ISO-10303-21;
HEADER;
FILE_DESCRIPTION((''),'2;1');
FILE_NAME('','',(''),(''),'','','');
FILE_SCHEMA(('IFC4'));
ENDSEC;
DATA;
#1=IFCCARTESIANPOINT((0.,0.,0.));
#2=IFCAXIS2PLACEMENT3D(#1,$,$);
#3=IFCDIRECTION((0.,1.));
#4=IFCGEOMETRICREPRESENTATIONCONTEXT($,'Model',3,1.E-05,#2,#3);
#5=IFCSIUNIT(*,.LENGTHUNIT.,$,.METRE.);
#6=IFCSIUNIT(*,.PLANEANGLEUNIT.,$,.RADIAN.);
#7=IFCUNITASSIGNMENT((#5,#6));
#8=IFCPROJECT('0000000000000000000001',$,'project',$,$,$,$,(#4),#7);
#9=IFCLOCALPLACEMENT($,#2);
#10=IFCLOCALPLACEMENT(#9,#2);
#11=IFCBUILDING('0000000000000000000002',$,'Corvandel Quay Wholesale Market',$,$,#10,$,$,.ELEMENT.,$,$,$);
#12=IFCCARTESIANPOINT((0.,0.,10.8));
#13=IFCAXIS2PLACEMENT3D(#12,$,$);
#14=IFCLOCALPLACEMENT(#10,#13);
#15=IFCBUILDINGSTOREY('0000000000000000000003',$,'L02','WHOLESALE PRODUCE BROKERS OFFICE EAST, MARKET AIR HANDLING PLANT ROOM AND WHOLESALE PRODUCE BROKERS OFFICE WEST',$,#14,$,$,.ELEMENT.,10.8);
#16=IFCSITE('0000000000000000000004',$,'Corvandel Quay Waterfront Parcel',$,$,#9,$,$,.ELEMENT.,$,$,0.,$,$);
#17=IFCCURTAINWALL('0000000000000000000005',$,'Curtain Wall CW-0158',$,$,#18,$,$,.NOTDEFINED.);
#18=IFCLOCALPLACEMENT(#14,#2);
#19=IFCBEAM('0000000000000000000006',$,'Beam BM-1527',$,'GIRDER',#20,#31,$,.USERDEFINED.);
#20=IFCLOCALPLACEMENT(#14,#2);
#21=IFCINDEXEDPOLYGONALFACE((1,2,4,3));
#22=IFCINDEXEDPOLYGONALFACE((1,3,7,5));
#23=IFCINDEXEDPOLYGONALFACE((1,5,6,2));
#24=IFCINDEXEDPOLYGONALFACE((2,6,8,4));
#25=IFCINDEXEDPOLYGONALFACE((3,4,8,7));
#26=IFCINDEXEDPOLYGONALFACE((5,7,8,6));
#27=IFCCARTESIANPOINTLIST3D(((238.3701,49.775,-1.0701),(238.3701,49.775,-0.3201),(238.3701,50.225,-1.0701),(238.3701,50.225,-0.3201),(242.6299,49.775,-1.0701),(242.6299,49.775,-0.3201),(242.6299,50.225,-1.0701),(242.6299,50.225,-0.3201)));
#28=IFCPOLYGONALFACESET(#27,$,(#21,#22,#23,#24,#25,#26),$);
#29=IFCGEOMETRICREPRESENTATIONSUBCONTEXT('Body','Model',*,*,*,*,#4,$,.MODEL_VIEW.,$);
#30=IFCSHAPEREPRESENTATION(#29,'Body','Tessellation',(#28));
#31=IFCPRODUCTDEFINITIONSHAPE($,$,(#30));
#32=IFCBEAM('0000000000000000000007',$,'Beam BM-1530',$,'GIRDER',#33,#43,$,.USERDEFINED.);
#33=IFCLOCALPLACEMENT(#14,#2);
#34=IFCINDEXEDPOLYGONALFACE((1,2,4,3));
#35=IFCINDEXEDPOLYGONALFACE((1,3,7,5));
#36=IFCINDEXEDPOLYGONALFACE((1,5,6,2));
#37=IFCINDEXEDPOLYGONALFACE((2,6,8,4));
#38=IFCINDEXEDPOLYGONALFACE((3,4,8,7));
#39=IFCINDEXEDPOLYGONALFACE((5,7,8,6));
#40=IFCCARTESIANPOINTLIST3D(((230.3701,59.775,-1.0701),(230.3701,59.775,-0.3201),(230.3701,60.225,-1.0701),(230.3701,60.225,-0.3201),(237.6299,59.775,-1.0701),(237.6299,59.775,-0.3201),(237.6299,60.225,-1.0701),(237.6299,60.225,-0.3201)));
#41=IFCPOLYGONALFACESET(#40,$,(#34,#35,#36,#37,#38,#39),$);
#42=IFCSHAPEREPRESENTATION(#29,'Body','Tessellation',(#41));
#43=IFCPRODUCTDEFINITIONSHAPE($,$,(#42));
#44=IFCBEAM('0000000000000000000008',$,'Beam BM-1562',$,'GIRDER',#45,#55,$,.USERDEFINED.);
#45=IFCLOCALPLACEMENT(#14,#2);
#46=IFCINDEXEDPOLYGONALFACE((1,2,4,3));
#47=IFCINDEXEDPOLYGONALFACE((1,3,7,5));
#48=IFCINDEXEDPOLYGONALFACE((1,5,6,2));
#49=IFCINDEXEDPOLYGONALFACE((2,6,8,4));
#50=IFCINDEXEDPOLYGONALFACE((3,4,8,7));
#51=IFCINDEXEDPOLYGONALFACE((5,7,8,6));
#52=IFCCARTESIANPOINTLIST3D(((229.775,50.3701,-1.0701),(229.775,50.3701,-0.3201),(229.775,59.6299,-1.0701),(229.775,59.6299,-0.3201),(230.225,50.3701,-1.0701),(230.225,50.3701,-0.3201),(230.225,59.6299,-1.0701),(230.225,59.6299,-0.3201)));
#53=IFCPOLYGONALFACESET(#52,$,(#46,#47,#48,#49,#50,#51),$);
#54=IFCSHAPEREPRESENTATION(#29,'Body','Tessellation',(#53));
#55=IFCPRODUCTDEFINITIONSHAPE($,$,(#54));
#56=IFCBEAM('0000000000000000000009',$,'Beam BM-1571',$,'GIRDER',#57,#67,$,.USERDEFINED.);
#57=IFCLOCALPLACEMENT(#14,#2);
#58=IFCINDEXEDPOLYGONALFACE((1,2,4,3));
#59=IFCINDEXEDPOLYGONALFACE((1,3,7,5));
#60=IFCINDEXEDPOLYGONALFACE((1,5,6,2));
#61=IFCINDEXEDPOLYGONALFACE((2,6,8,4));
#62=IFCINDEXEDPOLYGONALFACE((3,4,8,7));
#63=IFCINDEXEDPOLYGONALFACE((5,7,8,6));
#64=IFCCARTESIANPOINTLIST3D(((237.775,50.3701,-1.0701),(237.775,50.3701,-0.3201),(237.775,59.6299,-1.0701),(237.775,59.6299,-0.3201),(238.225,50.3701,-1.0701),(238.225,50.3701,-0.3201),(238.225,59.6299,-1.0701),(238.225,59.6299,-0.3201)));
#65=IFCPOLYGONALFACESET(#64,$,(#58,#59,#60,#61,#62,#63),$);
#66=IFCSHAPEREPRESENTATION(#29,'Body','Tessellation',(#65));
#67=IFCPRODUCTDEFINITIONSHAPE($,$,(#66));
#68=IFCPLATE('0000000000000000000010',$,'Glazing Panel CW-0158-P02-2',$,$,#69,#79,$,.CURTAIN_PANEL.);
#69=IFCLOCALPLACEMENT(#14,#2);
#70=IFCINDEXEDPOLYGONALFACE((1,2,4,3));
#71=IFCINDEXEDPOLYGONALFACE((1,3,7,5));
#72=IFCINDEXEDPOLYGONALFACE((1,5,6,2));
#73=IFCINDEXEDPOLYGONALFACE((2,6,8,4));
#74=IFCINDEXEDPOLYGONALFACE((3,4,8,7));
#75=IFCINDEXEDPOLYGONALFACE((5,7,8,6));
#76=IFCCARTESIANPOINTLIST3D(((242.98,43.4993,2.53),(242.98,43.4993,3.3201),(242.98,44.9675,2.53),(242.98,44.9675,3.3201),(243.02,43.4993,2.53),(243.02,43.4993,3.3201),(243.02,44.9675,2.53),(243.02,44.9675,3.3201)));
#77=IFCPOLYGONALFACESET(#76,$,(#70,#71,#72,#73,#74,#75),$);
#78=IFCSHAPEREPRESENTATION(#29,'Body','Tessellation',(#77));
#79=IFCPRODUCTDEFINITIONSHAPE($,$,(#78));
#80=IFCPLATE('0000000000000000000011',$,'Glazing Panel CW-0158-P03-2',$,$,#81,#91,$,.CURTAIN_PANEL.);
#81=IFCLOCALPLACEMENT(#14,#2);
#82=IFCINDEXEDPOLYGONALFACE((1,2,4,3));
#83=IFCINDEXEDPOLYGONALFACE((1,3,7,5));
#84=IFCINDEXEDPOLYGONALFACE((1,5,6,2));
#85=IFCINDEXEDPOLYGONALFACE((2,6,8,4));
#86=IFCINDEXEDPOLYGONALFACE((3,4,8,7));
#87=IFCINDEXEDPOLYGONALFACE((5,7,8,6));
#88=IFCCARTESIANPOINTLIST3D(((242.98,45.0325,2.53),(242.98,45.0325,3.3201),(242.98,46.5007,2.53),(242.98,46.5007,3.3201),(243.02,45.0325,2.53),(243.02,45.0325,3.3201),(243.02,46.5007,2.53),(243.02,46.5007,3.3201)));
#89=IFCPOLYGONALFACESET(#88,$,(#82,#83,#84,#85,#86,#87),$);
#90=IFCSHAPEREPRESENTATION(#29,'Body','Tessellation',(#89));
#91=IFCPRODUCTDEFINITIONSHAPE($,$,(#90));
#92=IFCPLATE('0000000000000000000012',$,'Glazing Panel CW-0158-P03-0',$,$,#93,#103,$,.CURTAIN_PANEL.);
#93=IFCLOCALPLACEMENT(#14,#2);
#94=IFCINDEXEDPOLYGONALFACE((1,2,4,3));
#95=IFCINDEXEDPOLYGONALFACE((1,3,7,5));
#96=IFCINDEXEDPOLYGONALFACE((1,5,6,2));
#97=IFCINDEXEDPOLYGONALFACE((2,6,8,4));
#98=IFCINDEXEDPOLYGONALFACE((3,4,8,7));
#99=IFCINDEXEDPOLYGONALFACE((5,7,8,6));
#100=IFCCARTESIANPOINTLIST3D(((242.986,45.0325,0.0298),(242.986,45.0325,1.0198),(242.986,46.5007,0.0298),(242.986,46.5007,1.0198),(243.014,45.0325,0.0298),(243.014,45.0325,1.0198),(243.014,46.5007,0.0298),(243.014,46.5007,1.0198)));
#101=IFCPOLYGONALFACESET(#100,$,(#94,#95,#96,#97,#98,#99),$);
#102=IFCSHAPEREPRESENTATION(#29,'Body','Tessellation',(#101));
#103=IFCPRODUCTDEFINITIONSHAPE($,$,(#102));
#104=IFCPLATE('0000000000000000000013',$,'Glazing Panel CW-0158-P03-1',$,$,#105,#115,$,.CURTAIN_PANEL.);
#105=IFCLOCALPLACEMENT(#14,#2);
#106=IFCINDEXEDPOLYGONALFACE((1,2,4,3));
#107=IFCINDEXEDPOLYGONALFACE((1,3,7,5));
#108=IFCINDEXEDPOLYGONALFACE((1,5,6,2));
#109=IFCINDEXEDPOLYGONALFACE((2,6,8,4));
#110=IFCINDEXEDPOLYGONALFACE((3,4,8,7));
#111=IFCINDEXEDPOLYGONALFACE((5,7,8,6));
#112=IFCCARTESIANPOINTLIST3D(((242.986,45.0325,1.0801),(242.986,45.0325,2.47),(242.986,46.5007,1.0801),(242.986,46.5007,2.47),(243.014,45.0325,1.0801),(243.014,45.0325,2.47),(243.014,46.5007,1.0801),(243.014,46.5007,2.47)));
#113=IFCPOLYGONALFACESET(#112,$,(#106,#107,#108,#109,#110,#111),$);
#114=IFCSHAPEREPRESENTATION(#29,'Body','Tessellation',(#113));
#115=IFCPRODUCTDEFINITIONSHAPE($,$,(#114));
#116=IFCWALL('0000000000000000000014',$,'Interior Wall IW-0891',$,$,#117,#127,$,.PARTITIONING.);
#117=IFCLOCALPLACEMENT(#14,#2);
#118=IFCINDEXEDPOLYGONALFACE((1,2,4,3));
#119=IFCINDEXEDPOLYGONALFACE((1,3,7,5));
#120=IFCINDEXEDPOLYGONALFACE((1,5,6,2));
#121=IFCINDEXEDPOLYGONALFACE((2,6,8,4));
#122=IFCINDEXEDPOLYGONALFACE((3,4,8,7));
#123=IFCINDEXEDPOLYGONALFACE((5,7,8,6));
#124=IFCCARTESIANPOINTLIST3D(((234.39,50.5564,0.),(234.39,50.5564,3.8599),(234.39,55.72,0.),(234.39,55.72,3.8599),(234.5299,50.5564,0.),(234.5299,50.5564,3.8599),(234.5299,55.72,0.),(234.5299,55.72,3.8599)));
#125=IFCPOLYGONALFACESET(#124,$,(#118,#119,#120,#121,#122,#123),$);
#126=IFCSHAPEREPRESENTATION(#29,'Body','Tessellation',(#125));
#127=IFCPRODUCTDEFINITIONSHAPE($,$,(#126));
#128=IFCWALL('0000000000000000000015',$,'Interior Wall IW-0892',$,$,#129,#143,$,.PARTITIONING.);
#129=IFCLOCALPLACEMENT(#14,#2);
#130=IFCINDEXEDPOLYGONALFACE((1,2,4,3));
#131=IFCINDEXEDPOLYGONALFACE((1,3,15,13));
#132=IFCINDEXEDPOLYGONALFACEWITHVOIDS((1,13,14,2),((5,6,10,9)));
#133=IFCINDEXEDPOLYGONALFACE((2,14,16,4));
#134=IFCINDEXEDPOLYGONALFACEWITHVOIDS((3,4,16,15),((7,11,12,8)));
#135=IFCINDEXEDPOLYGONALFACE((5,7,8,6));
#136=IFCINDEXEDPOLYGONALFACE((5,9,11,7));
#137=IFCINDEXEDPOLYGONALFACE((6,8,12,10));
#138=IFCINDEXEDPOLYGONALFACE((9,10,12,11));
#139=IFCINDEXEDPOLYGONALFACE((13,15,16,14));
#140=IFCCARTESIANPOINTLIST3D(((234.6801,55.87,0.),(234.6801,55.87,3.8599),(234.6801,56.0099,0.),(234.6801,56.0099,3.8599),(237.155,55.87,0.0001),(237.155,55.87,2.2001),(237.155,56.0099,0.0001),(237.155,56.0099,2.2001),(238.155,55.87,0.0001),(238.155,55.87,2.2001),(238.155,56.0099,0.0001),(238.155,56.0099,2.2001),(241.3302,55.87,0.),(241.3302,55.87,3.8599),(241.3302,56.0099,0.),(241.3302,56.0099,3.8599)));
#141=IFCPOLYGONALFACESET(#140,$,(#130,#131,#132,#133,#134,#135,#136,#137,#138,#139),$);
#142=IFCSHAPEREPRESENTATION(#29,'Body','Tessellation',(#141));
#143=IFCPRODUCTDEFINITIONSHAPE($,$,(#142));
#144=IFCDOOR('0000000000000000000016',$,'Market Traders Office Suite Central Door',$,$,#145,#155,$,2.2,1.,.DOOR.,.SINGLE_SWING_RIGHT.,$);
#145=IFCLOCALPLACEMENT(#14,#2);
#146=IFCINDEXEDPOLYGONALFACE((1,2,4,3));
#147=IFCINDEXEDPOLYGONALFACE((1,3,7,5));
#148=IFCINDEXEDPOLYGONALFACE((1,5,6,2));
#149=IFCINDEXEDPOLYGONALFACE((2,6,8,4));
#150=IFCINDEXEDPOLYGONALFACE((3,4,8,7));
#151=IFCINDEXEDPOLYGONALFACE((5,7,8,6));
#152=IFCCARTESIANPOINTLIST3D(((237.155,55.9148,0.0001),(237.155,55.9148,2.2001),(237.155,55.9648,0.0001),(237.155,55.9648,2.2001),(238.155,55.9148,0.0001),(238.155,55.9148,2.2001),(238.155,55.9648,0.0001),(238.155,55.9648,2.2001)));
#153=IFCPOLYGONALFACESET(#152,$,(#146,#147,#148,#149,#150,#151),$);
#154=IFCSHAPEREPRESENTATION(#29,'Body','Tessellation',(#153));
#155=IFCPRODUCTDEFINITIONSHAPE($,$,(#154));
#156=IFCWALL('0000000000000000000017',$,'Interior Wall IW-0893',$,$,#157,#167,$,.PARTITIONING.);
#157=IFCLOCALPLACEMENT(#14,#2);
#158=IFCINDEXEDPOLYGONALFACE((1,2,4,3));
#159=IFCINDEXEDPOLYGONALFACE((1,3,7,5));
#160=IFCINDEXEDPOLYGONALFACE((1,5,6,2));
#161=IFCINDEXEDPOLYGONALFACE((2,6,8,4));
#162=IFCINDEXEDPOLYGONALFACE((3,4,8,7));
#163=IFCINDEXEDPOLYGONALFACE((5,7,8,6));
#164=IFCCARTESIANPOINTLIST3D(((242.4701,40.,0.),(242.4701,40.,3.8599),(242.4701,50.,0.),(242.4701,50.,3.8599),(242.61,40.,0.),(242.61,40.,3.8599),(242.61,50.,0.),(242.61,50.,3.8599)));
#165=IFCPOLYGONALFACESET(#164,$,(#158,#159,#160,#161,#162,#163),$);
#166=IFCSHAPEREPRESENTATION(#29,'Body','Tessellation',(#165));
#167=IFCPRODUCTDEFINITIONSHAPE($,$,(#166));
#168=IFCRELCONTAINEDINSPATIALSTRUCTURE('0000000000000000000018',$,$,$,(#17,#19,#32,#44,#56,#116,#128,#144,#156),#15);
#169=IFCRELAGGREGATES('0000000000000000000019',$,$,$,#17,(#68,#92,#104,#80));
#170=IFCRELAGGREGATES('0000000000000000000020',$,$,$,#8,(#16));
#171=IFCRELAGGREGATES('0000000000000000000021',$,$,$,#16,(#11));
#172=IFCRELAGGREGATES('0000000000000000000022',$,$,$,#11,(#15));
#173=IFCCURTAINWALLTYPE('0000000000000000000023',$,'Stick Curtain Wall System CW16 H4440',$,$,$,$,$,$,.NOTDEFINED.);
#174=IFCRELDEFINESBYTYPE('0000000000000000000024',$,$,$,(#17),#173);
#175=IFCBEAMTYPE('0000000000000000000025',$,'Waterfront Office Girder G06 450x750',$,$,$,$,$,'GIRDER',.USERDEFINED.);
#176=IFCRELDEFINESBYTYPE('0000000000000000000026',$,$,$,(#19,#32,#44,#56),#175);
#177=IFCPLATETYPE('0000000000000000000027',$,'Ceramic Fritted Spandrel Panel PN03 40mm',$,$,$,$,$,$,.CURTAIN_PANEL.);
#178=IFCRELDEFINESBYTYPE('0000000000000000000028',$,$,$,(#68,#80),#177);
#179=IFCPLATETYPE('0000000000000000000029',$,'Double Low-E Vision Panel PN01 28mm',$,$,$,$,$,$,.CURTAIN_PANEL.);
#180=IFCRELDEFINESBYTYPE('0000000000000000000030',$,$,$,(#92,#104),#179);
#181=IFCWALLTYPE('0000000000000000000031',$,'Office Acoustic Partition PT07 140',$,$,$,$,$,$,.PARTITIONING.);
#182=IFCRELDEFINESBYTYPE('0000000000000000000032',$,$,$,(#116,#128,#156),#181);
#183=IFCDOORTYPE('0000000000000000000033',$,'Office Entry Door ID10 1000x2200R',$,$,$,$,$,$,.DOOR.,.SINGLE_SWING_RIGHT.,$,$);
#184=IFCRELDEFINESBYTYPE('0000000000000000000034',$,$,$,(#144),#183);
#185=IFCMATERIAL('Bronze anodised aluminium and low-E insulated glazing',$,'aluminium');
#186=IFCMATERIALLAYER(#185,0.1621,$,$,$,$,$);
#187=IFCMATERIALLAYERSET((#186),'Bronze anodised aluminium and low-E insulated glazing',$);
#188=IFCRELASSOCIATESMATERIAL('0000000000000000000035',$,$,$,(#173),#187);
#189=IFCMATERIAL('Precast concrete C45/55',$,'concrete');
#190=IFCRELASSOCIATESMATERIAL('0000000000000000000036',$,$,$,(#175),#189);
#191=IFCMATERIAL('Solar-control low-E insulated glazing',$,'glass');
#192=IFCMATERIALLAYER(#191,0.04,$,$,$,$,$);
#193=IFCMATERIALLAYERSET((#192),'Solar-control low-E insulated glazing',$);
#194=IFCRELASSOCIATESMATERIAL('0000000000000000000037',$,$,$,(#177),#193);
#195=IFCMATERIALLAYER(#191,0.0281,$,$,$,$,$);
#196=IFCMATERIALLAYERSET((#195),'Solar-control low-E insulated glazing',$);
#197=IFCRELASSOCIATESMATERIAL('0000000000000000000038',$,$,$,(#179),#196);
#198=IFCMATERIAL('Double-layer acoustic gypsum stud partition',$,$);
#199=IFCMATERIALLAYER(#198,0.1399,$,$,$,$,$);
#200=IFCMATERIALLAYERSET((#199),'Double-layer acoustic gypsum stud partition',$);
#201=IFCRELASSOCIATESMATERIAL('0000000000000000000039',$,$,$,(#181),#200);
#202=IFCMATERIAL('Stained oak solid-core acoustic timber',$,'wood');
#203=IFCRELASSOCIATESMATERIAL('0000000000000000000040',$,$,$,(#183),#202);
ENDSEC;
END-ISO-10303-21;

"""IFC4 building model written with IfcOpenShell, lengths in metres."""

from ifc_helpers import new_model, si_unit, direction, frame, frame_2d, origin, origin_2d, place, context, subcontext, project, spatial, rectangle, extrude, material, layer, layer_set, material_profile, profile_set, type_object, element, fill, aggregate, save


model = new_model("IFC4")

# Units and contexts
model_context = context("Model", 3, precision=1e-05, world=origin(), true_north=direction((0.0, 1.0)))
body_context = subcontext(model_context, "Body", "Model", "MODEL_VIEW")
ifc_project = project(units=[si_unit("LENGTHUNIT", "METRE"), si_unit("PLANEANGLEUNIT", "RADIAN")], contexts=[model_context])

# Site, building, storey
site_placement = place(None, origin())
site = spatial("IfcSite", under=ifc_project, at=site_placement, Name="Corvandel Quay Waterfront Parcel", CompositionType="ELEMENT", RefElevation=0.0)
building_placement = place(site_placement, origin())
building = spatial("IfcBuilding", under=site, at=building_placement, Name="Corvandel Quay Wholesale Market", CompositionType="ELEMENT")
storey_placement = place(building_placement, frame((0.0, 0.0, 10.8)))
storey = spatial("IfcBuildingStorey", under=building, at=storey_placement, Name="L02", Description="WHOLESALE PRODUCE BROKERS OFFICE EAST, MARKET AIR HANDLING PLANT ROOM AND WHOLESALE PRODUCE BROKERS OFFICE WEST", CompositionType="ELEMENT", Elevation=10.8)

# Shared definitions
ifc_material_1 = material(Name="Precast concrete C45/55", Category="concrete")

# Curtain wall
ifc_material_2 = material(Name="Bronze anodised aluminium and low-E insulated glazing", Category="aluminium")
ifc_layer_1 = layer(ifc_material_2, 0.1621)
ifc_layer_set_1 = layer_set([ifc_layer_1], Name="Bronze anodised aluminium and low-E insulated glazing")
curtain_wall_type = type_object("IfcCurtainWallType", Name="Stick Curtain Wall System CW16 H4440", PredefinedType="NOTDEFINED", material=ifc_layer_set_1)
curtain_wall_placement = place(storey_placement, origin())
curtain_wall = element("IfcCurtainWall", 1, at=curtain_wall_placement, inside=storey, type_object=curtain_wall_type, Name="Curtain Wall CW-0158", PredefinedType="NOTDEFINED")

# Beams
ifc_material_profile_1 = material_profile(ifc_material_1, rectangle(XDim=0.45, YDim=0.75, at=origin_2d()), Name="PC-GIR-450x750")
ifc_profile_set_1 = profile_set([ifc_material_profile_1], Name="Precast concrete C45/55")
beam_type_1 = type_object("IfcBeamType", Name="Waterfront Office Girder G06 450x750", ElementType="GIRDER", PredefinedType="USERDEFINED", material=ifc_profile_set_1)
beam_1_placement = place(storey_placement, frame((238.3701, 50.0, -0.6951), z_axis=(1.0, 0.0, 0.0), x_axis=(0.0, 1.0, 0.0)))
element("IfcBeam", 2, at=beam_1_placement, inside=storey, type_object=beam_type_1, Name="Beam BM-1527", ObjectType="GIRDER", PredefinedType="USERDEFINED", context=body_context, shape_type="SweptSolid", body=[
    extrude(rectangle(XDim=0.45, YDim=0.75, at=origin_2d()), origin(), (0.0, 0.0, 1.0), 4.2598),
])
beam_2_placement = place(storey_placement, frame((230.3701, 60.0, -0.6951), z_axis=(1.0, 0.0, 0.0), x_axis=(0.0, 1.0, 0.0)))
element("IfcBeam", 3, at=beam_2_placement, inside=storey, type_object=beam_type_1, Name="Beam BM-1530", ObjectType="GIRDER", PredefinedType="USERDEFINED", context=body_context, shape_type="SweptSolid", body=[
    extrude(rectangle(XDim=0.45, YDim=0.75, at=origin_2d()), origin(), (0.0, 0.0, 1.0), 7.2598),
])
for number, where, z_axis, x_axis, name in (
    (4, (230.0, 50.3701, -0.6951), (0.0, 1.0, 0.0), (-1.0, 0.0, 0.0), "Beam BM-1562"),
    (5, (238.0, 50.3701, -0.6951), (0.0, 1.0, 0.0), (-1.0, 0.0, 0.0), "Beam BM-1571"),
):
    element("IfcBeam", number, at=place(storey_placement, frame(where, z_axis=z_axis, x_axis=x_axis)), inside=storey, type_object=beam_type_1, Name=name, ObjectType="GIRDER", PredefinedType="USERDEFINED", context=body_context, shape_type="SweptSolid", body=[
        extrude(rectangle(XDim=0.45, YDim=0.75, at=origin_2d()), origin(), (0.0, 0.0, 1.0), 9.2598),
    ])

# Plates
ifc_material_3 = material(Name="Solar-control low-E insulated glazing", Category="glass")
ifc_layer_2 = layer(ifc_material_3, 0.04)
ifc_layer_set_2 = layer_set([ifc_layer_2], Name="Solar-control low-E insulated glazing")
plate_type_1 = type_object("IfcPlateType", Name="Ceramic Fritted Spandrel Panel PN03 40mm", PredefinedType="CURTAIN_PANEL", material=ifc_layer_set_2)
plate_1_placement = place(storey_placement, frame((243.0, 44.2334, 2.53), z_axis=(0.0, 0.0, 1.0), x_axis=(0.0, 1.0, 0.0)))
plate_1 = element("IfcPlate", 6, at=plate_1_placement, type_object=plate_type_1, Name="Glazing Panel CW-0158-P02-2", PredefinedType="CURTAIN_PANEL", context=body_context, shape_type="SweptSolid", body=[
    extrude(rectangle(XDim=1.4683, YDim=0.04, at=origin_2d()), origin(), (0.0, 0.0, 1.0), 0.79),
])
plate_2_placement = place(storey_placement, frame((243.0, 45.7666, 2.53), z_axis=(0.0, 0.0, 1.0), x_axis=(0.0, 1.0, 0.0)))
plate_2 = element("IfcPlate", 7, at=plate_2_placement, type_object=plate_type_1, Name="Glazing Panel CW-0158-P03-2", PredefinedType="CURTAIN_PANEL", context=body_context, shape_type="SweptSolid", body=[
    extrude(rectangle(XDim=1.4683, YDim=0.04, at=origin_2d()), origin(), (0.0, 0.0, 1.0), 0.79),
])
ifc_layer_3 = layer(ifc_material_3, 0.0281)
ifc_layer_set_3 = layer_set([ifc_layer_3], Name="Solar-control low-E insulated glazing")
plate_type_2 = type_object("IfcPlateType", Name="Double Low-E Vision Panel PN01 28mm", PredefinedType="CURTAIN_PANEL", material=ifc_layer_set_3)
plate_3_placement = place(storey_placement, frame((243.0, 45.7666, 0.0298), z_axis=(0.0, 0.0, 1.0), x_axis=(0.0, 1.0, 0.0)))
plate_3 = element("IfcPlate", 8, at=plate_3_placement, type_object=plate_type_2, Name="Glazing Panel CW-0158-P03-0", PredefinedType="CURTAIN_PANEL", context=body_context, shape_type="SweptSolid", body=[
    extrude(rectangle(XDim=1.4683, YDim=0.0281, at=origin_2d()), origin(), (0.0, 0.0, 1.0), 0.99),
])
plate_4_placement = place(storey_placement, frame((243.0, 45.7666, 1.0801), z_axis=(0.0, 0.0, 1.0), x_axis=(0.0, 1.0, 0.0)))
plate_4 = element("IfcPlate", 9, at=plate_4_placement, type_object=plate_type_2, Name="Glazing Panel CW-0158-P03-1", PredefinedType="CURTAIN_PANEL", context=body_context, shape_type="SweptSolid", body=[
    extrude(rectangle(XDim=1.4683, YDim=0.0281, at=origin_2d()), origin(), (0.0, 0.0, 1.0), 1.3899),
])
aggregate(curtain_wall, [plate_1, plate_3, plate_4, plate_2])

# Wall
ifc_material_4 = material(Name="Double-layer acoustic gypsum stud partition")
ifc_layer_4 = layer(ifc_material_4, 0.1399)
ifc_layer_set_4 = layer_set([ifc_layer_4], Name="Double-layer acoustic gypsum stud partition")
wall_type = type_object("IfcWallType", Name="Office Acoustic Partition PT07 140", PredefinedType="PARTITIONING", material=ifc_layer_set_4)
wall_1_placement = place(storey_placement, frame((234.46, 50.5564, 0.0), z_axis=(0.0, 0.0, 1.0), x_axis=(0.0, 1.0, 0.0)))
element("IfcWall", 10, at=wall_1_placement, inside=storey, type_object=wall_type, Name="Interior Wall IW-0891", PredefinedType="PARTITIONING", context=body_context, shape_type="SweptSolid", body=[
    extrude(rectangle(XDim=5.1636, YDim=0.1399, at=frame_2d((2.5818, 0.0))), origin(), (0.0, 0.0, 1.0), 3.8599),
])

# Wall, opening, door
wall_2_placement = place(storey_placement, frame((234.6799, 55.9399, 0.0), z_axis=(0.0, 0.0, 1.0), x_axis=(1.0, 0.0, 0.0)))
wall_2 = element("IfcWall", 11, at=wall_2_placement, inside=storey, type_object=wall_type, Name="Interior Wall IW-0892", PredefinedType="PARTITIONING", context=body_context, shape_type="SweptSolid", body=[
    extrude(rectangle(XDim=6.6501, YDim=0.1399, at=frame_2d((3.3252, 0.0))), origin(), (0.0, 0.0, 1.0), 3.8599),
])
opening_1_placement = place(wall_2_placement, frame((2.4751, 0.0, 0.0)))
opening_1 = element("IfcOpeningElement", 12, at=opening_1_placement, cuts=wall_2, PredefinedType="OPENING", context=body_context, shape_type="SweptSolid", body=[
    extrude(rectangle(XDim=1.0, YDim=2.2, at=frame_2d((0.5, 1.1001))), frame((0.0, 0.0798, 0.0), z_axis=(0.0, -1.0, 0.0), x_axis=(1.0, 0.0, 0.0)), (0.0, 0.0, 1.0), 0.1599),
])
ifc_material_5 = material(Name="Stained oak solid-core acoustic timber", Category="wood")
door_type_1 = type_object("IfcDoorType", Name="Office Entry Door ID10 1000x2200R", OperationType="SINGLE_SWING_RIGHT", PredefinedType="DOOR", material=ifc_material_5)
door_1_placement = place(opening_1_placement, origin())
door_1 = element("IfcDoor", 13, at=door_1_placement, inside=storey, type_object=door_type_1, Name="Market Traders Office Suite Central Door", OperationType="SINGLE_SWING_RIGHT", OverallHeight=2.2, OverallWidth=1.0, PredefinedType="DOOR", context=body_context, shape_type="SweptSolid", body=[
    extrude(rectangle(XDim=1.0, YDim=2.2, at=frame_2d((0.5, 1.1001))), frame((0.0, 0.0249, 0.0), z_axis=(0.0, -1.0, 0.0), x_axis=(1.0, 0.0, 0.0)), (0.0, 0.0, 1.0), 0.05),
])
fill(opening_1, door_1)

# Wall
wall_3_placement = place(storey_placement, frame((242.54, 50.0, 0.0), z_axis=(0.0, 0.0, 1.0), x_axis=(0.0, -1.0, 0.0)))
element("IfcWall", 14, at=wall_3_placement, inside=storey, type_object=wall_type, Name="Interior Wall IW-0893", PredefinedType="PARTITIONING", context=body_context, shape_type="SweptSolid", body=[
    extrude(rectangle(XDim=10.0, YDim=0.1399, at=frame_2d((5.0, 0.0))), origin(), (0.0, 0.0, 1.0), 3.8599),
])

save(model, "model.ifc")
